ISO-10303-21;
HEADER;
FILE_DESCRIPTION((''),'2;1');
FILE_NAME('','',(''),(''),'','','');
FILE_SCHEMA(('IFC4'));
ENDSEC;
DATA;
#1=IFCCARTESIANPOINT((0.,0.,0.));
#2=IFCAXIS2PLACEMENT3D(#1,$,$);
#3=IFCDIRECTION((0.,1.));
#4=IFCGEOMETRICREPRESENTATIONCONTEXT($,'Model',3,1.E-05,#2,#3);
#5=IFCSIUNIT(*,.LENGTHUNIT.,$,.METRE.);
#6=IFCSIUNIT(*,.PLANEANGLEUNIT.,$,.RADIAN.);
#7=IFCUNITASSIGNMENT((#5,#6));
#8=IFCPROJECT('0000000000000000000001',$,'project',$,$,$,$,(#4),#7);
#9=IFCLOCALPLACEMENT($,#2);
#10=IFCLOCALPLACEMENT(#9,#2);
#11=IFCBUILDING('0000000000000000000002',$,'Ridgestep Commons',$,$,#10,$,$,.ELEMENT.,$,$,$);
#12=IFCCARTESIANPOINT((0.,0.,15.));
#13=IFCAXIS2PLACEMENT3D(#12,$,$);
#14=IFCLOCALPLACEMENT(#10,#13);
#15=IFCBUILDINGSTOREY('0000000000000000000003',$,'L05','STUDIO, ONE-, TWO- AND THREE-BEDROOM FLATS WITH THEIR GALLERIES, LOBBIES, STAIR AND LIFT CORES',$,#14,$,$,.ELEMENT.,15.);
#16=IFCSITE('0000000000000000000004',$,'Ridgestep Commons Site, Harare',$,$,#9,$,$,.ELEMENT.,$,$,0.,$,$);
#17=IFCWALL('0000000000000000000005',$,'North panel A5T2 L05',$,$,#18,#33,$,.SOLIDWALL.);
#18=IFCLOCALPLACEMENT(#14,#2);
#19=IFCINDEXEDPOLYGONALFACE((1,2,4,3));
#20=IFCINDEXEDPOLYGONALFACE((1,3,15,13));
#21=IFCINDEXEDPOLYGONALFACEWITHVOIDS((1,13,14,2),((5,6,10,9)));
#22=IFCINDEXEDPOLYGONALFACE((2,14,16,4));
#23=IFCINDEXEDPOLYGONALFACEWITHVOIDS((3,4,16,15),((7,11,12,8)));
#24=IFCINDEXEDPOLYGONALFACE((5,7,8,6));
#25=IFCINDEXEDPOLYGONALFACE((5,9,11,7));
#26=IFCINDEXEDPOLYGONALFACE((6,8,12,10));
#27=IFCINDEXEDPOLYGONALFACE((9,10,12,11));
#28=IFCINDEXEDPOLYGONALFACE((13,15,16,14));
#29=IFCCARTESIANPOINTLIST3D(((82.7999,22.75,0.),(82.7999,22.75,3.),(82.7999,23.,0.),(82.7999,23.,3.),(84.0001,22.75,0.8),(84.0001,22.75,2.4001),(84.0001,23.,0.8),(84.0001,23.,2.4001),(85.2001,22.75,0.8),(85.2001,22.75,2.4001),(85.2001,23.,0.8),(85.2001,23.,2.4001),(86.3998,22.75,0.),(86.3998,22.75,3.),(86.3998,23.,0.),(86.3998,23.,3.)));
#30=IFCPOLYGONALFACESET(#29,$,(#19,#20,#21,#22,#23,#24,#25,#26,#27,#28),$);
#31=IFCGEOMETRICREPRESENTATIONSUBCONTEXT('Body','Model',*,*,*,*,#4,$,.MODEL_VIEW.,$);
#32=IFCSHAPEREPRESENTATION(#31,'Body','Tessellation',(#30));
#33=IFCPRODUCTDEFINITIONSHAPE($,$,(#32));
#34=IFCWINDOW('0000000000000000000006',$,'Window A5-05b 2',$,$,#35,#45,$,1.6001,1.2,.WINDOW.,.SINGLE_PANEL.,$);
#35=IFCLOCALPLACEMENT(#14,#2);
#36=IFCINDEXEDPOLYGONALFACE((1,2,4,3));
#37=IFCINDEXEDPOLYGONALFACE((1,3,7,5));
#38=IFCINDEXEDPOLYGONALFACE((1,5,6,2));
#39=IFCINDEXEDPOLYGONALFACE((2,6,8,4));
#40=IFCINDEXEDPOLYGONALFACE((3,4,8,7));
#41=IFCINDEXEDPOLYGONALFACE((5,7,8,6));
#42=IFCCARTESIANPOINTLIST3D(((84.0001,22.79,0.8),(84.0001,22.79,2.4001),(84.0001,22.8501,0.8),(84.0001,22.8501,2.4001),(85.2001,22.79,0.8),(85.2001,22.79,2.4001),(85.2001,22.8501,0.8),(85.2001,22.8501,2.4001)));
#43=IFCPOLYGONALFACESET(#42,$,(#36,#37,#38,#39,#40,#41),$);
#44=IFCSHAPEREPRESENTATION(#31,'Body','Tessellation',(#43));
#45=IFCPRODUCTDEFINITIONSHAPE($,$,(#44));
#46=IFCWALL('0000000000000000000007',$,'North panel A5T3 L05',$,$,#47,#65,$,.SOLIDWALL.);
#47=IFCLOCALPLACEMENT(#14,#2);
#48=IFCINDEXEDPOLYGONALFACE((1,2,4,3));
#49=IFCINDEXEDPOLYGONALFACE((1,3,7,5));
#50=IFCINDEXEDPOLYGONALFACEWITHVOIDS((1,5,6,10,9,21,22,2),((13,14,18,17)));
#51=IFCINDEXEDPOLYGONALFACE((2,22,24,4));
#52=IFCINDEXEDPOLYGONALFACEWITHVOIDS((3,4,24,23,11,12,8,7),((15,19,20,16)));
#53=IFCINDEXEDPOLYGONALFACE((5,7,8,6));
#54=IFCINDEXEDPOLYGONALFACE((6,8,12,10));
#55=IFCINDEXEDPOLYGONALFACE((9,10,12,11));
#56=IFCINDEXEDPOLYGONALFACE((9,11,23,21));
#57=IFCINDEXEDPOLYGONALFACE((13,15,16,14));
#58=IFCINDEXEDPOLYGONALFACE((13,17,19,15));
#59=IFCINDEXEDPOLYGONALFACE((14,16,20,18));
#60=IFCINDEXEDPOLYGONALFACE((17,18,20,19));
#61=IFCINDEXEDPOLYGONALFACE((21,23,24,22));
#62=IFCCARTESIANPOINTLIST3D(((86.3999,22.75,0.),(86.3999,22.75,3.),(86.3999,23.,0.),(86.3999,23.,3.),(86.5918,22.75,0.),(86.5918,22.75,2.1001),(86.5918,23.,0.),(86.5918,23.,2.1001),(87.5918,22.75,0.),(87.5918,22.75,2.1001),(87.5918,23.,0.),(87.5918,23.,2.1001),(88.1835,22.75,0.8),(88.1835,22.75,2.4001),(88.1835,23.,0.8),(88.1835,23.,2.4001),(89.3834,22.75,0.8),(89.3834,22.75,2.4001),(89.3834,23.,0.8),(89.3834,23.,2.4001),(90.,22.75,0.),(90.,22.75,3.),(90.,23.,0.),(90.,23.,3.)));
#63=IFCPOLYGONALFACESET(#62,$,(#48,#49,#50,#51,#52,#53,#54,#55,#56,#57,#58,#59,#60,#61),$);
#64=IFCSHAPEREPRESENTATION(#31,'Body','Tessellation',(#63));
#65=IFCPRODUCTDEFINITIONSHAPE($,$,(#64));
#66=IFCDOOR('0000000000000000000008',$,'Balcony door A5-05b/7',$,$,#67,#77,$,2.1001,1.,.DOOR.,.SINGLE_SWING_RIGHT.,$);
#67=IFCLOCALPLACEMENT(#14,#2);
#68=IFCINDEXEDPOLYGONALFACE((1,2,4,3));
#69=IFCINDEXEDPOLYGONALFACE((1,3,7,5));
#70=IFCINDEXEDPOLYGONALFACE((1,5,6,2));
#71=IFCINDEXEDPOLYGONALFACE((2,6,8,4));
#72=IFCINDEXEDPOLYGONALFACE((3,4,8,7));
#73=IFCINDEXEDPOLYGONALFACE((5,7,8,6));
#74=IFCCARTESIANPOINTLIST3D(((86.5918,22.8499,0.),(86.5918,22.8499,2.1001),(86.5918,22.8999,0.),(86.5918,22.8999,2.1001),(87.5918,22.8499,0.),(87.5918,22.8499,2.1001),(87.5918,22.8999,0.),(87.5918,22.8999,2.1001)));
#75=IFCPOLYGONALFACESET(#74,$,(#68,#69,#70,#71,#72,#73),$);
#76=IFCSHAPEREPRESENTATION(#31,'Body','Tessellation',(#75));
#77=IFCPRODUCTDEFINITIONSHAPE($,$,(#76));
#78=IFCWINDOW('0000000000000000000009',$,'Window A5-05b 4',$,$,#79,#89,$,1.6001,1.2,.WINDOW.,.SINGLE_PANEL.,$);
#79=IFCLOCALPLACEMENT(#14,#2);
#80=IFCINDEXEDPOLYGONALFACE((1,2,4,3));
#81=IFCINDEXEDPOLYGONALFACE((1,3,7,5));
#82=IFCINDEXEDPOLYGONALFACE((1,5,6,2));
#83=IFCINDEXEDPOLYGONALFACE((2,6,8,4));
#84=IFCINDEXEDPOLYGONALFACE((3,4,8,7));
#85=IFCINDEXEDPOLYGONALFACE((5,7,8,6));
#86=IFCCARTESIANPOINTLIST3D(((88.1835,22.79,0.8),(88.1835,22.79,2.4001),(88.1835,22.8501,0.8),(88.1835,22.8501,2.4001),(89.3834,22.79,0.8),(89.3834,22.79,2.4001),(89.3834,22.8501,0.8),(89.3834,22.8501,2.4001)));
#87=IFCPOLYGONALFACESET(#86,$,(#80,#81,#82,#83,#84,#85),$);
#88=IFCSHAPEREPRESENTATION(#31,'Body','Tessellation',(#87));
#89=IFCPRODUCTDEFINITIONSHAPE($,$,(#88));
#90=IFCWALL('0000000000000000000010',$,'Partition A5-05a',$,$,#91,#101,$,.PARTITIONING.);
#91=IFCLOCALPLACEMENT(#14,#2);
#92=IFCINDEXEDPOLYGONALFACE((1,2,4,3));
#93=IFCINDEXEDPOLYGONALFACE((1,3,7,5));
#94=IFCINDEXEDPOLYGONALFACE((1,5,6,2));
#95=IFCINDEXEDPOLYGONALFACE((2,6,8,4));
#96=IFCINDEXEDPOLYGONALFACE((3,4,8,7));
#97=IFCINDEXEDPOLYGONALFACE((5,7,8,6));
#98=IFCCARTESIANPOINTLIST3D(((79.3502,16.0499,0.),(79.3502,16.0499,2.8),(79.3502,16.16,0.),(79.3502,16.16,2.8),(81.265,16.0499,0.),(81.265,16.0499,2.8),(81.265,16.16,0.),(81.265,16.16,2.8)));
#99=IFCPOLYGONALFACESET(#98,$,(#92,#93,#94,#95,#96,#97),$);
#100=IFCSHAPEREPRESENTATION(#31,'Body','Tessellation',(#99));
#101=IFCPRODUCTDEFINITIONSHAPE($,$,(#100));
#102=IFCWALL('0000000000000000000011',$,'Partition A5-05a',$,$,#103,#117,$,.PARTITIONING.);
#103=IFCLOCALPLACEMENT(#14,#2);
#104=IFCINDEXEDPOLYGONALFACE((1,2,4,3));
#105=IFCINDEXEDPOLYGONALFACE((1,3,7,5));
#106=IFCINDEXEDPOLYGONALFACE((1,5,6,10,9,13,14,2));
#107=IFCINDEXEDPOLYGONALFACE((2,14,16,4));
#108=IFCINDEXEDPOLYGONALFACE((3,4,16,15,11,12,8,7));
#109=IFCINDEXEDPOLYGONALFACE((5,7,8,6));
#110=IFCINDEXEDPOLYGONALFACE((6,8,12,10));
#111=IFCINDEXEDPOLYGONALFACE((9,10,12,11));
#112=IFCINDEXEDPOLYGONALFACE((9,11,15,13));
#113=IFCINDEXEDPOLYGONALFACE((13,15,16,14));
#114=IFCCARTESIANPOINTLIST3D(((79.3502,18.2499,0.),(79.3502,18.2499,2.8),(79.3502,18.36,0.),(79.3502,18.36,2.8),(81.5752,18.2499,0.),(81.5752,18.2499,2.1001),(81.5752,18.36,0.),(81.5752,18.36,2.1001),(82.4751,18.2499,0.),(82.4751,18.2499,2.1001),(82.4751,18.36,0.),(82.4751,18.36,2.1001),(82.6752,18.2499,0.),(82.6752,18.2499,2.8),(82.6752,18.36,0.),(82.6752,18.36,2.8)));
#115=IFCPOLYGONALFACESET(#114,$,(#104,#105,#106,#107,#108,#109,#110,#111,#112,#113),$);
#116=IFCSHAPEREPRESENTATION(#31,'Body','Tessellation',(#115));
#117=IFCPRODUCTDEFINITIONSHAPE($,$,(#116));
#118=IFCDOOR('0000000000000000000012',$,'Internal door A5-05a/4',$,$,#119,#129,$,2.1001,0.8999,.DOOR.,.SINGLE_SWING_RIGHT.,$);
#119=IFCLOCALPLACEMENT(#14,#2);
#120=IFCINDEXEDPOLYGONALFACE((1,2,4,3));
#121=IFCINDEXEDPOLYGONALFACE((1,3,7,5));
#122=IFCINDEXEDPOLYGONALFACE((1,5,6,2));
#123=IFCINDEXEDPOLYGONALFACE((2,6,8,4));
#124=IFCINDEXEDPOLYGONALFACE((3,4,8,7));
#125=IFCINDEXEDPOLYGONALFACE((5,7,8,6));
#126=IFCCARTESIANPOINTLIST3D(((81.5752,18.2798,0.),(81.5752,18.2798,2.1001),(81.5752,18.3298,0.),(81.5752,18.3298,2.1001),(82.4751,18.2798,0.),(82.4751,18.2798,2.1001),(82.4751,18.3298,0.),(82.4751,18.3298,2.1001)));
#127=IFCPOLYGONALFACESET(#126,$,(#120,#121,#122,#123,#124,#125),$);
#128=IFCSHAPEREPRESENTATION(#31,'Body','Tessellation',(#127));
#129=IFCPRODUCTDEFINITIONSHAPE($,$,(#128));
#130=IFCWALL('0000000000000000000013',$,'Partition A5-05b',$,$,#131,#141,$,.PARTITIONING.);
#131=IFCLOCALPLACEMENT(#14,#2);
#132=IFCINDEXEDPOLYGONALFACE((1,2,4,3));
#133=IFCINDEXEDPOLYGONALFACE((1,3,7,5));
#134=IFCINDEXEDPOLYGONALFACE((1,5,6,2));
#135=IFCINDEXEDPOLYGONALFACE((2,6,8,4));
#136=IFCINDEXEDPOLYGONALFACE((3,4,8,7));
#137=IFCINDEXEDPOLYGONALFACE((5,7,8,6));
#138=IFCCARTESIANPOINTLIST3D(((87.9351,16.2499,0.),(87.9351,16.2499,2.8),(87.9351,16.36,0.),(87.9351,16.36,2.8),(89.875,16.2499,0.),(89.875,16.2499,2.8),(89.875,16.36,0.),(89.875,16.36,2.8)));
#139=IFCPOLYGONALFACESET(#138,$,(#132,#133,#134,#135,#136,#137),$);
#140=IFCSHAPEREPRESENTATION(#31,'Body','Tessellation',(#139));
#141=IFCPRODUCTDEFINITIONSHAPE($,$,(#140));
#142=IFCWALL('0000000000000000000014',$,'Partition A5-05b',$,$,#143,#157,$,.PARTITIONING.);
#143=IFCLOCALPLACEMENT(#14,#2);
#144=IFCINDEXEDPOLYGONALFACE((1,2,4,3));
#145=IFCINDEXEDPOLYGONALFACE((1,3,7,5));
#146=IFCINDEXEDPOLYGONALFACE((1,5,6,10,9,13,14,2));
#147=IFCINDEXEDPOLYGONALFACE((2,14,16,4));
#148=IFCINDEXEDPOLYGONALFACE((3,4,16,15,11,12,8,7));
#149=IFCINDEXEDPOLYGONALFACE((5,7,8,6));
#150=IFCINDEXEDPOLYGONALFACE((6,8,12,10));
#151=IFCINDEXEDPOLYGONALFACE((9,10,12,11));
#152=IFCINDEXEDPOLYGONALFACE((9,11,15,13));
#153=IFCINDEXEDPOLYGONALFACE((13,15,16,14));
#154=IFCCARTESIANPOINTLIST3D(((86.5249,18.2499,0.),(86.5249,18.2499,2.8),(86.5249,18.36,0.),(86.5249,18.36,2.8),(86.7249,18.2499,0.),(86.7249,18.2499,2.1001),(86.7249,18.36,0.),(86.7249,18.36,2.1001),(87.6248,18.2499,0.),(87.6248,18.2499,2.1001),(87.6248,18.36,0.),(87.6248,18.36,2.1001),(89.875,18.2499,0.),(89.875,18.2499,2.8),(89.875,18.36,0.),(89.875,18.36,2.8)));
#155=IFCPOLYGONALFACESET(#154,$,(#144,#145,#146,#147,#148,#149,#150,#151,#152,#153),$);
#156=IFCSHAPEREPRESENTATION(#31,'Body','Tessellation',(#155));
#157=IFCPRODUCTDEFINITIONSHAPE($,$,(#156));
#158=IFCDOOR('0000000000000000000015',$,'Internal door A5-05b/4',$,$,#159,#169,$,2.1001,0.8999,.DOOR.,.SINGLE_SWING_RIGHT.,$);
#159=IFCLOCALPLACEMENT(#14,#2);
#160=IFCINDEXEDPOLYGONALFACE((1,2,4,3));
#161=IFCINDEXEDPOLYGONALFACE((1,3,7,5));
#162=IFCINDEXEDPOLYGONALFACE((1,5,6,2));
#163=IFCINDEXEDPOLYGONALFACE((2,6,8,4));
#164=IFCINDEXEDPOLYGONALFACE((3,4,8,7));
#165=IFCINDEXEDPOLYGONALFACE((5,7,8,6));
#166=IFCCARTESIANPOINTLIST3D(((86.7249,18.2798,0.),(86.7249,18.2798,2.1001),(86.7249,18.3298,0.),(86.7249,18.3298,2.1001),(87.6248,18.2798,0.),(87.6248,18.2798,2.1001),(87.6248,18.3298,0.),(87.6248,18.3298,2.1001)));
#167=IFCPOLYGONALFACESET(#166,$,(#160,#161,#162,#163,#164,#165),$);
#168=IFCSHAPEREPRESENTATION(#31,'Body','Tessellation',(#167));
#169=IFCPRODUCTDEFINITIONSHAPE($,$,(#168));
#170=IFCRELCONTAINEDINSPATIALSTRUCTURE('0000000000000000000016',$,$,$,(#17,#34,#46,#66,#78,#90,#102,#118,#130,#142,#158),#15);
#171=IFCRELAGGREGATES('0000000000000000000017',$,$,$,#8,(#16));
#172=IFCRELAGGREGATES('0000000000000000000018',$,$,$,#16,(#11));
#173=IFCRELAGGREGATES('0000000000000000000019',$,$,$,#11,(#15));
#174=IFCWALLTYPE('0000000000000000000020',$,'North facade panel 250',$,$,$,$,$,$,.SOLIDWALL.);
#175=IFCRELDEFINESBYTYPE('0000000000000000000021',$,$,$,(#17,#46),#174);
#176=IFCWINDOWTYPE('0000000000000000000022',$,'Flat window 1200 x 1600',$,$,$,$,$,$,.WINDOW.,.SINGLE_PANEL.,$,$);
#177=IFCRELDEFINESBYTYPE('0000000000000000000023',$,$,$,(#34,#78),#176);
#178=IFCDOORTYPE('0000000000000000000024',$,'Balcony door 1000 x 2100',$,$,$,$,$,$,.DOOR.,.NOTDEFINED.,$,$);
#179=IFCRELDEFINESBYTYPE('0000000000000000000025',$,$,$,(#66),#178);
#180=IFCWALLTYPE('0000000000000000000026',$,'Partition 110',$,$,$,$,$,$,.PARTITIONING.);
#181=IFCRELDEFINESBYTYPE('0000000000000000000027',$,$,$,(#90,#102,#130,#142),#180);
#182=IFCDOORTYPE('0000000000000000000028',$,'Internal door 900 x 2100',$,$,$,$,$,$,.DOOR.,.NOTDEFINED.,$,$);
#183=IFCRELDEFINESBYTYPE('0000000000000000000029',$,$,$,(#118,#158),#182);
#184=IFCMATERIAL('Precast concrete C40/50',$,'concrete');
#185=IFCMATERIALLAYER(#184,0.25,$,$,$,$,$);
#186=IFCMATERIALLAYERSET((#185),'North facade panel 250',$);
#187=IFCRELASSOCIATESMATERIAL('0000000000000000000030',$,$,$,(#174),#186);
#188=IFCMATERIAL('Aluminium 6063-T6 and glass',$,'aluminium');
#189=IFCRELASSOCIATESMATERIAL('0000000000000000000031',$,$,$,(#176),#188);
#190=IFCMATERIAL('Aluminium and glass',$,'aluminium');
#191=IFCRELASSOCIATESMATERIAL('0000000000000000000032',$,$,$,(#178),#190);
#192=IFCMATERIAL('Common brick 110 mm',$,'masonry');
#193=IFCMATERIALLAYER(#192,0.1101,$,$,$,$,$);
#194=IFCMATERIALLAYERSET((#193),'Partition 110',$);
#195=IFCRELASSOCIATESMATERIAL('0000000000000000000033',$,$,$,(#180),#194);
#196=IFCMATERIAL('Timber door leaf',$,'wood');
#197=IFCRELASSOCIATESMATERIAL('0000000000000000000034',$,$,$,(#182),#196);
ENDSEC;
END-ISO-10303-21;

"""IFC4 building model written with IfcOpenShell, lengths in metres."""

from ifc_helpers import new_model, si_unit, direction, frame, frame_2d, origin, place, context, subcontext, project, spatial, rectangle, extrude, material, layer, layer_set, type_object, element, fill, save


model = new_model("IFC4")

# Units and contexts
model_context = context("Model", 3, precision=1e-05, world=origin(), true_north=direction((0.0, 1.0)))
body_context = subcontext(model_context, "Body", "Model", "MODEL_VIEW")
ifc_project = project(units=[si_unit("LENGTHUNIT", "METRE"), si_unit("PLANEANGLEUNIT", "RADIAN")], contexts=[model_context])

# Site, building, storey
site_placement = place(None, origin())
site = spatial("IfcSite", under=ifc_project, at=site_placement, Name="Ridgestep Commons Site, Harare", CompositionType="ELEMENT", RefElevation=0.0)
building_placement = place(site_placement, origin())
building = spatial("IfcBuilding", under=site, at=building_placement, Name="Ridgestep Commons", CompositionType="ELEMENT")
storey_placement = place(building_placement, frame((0.0, 0.0, 15.0)))
storey = spatial("IfcBuildingStorey", under=building, at=storey_placement, Name="L05", Description="STUDIO, ONE-, TWO- AND THREE-BEDROOM FLATS WITH THEIR GALLERIES, LOBBIES, STAIR AND LIFT CORES", CompositionType="ELEMENT", Elevation=15.0)

# Wall, opening, window
ifc_material_1 = material(Name="Precast concrete C40/50", Category="concrete")
ifc_layer_1 = layer(ifc_material_1, 0.25)
ifc_layer_set_1 = layer_set([ifc_layer_1], Name="North facade panel 250")
wall_type_1 = type_object("IfcWallType", Name="North facade panel 250", PredefinedType="SOLIDWALL", material=ifc_layer_set_1)
wall_1_placement = place(storey_placement, frame((82.8, 22.875, 0.0), z_axis=(0.0, 0.0, 1.0), x_axis=(1.0, 0.0, 0.0)))
wall_1 = element("IfcWall", 1, at=wall_1_placement, inside=storey, type_object=wall_type_1, Name="North panel A5T2 L05", PredefinedType="SOLIDWALL", context=body_context, shape_type="SweptSolid", body=[
    extrude(rectangle(XDim=3.5999, YDim=0.25, at=frame_2d((1.7998, 0.0))), origin(), (0.0, 0.0, 1.0), 3.0),
])
opening_1_placement = place(wall_1_placement, frame((1.2, 0.0, 0.8)))
opening_1 = element("IfcOpeningElement", 2, at=opening_1_placement, cuts=wall_1, PredefinedType="OPENING", context=body_context, shape_type="SweptSolid", body=[
    extrude(rectangle(XDim=1.2, YDim=1.6001, at=frame_2d((0.6001, 0.8))), frame((0.0, 0.135, 0.0), z_axis=(0.0, -1.0, 0.0), x_axis=(1.0, 0.0, 0.0)), (0.0, 0.0, 1.0), 0.27),
])
ifc_material_2 = material(Name="Aluminium 6063-T6 and glass", Category="aluminium")
window_type = type_object("IfcWindowType", Name="Flat window 1200 x 1600", PartitioningType="SINGLE_PANEL", PredefinedType="WINDOW", material=ifc_material_2)
window_1_placement = place(opening_1_placement, origin())
window_1 = element("IfcWindow", 3, at=window_1_placement, inside=storey, type_object=window_type, Name="Window A5-05b 2", OverallHeight=1.6001, OverallWidth=1.2, PartitioningType="SINGLE_PANEL", PredefinedType="WINDOW", context=body_context, shape_type="SweptSolid", body=[
    extrude(rectangle(XDim=1.2, YDim=1.6001, at=frame_2d((0.6001, 0.8))), frame((0.0, -0.0249, 0.0), z_axis=(0.0, -1.0, 0.0), x_axis=(1.0, 0.0, 0.0)), (0.0, 0.0, 1.0), 0.0601),
])
fill(opening_1, window_1)

# Wall, openings, door, window
wall_2_placement = place(storey_placement, frame((86.3999, 22.875, 0.0), z_axis=(0.0, 0.0, 1.0), x_axis=(1.0, 0.0, 0.0)))
wall_2 = element("IfcWall", 4, at=wall_2_placement, inside=storey, type_object=wall_type_1, Name="North panel A5T3 L05", PredefinedType="SOLIDWALL", context=body_context, shape_type="SweptSolid", body=[
    extrude(rectangle(XDim=3.6001, YDim=0.25, at=frame_2d((1.8, 0.0))), origin(), (0.0, 0.0, 1.0), 3.0),
])
opening_2_placement = place(wall_2_placement, frame((1.7834, 0.0, 0.8)))
opening_2 = element("IfcOpeningElement", 5, at=opening_2_placement, cuts=wall_2, PredefinedType="OPENING", context=body_context, shape_type="SweptSolid", body=[
    extrude(rectangle(XDim=1.2, YDim=1.6001, at=frame_2d((0.6001, 0.8))), frame((0.0, 0.135, 0.0), z_axis=(0.0, -1.0, 0.0), x_axis=(1.0, 0.0, 0.0)), (0.0, 0.0, 1.0), 0.27),
])
opening_3_placement = place(wall_2_placement, frame((0.1919, 0.0, 0.0)))
opening_3 = element("IfcOpeningElement", 6, at=opening_3_placement, cuts=wall_2, PredefinedType="OPENING", context=body_context, shape_type="SweptSolid", body=[
    extrude(rectangle(XDim=1.0, YDim=2.1001, at=frame_2d((0.5, 1.05))), frame((0.0, 0.135, 0.0), z_axis=(0.0, -1.0, 0.0), x_axis=(1.0, 0.0, 0.0)), (0.0, 0.0, 1.0), 0.27),
])
ifc_material_3 = material(Name="Aluminium and glass", Category="aluminium")
door_type_1 = type_object("IfcDoorType", Name="Balcony door 1000 x 2100", OperationType="NOTDEFINED", PredefinedType="DOOR", material=ifc_material_3)
door_1_placement = place(opening_3_placement, origin())
door_1 = element("IfcDoor", 7, at=door_1_placement, inside=storey, type_object=door_type_1, Name="Balcony door A5-05b/7", OperationType="SINGLE_SWING_RIGHT", OverallHeight=2.1001, OverallWidth=1.0, PredefinedType="DOOR", context=body_context, shape_type="SweptSolid", body=[
    extrude(rectangle(XDim=1.0, YDim=2.1001, at=frame_2d((0.5, 1.05))), frame((0.0, 0.0249, 0.0), z_axis=(0.0, -1.0, 0.0), x_axis=(1.0, 0.0, 0.0)), (0.0, 0.0, 1.0), 0.05),
])
fill(opening_3, door_1)
window_2_placement = place(opening_2_placement, origin())
window_2 = element("IfcWindow", 8, at=window_2_placement, inside=storey, type_object=window_type, Name="Window A5-05b 4", OverallHeight=1.6001, OverallWidth=1.2, PartitioningType="SINGLE_PANEL", PredefinedType="WINDOW", context=body_context, shape_type="SweptSolid", body=[
    extrude(rectangle(XDim=1.2, YDim=1.6001, at=frame_2d((0.6001, 0.8))), frame((0.0, -0.0249, 0.0), z_axis=(0.0, -1.0, 0.0), x_axis=(1.0, 0.0, 0.0)), (0.0, 0.0, 1.0), 0.0601),
])
fill(opening_2, window_2)

# Wall
ifc_material_4 = material(Name="Common brick 110 mm", Category="masonry")
ifc_layer_2 = layer(ifc_material_4, 0.1101)
ifc_layer_set_2 = layer_set([ifc_layer_2], Name="Partition 110")
wall_type_2 = type_object("IfcWallType", Name="Partition 110", PredefinedType="PARTITIONING", material=ifc_layer_set_2)
wall_3_placement = place(storey_placement, frame((79.3501, 16.105, 0.0), z_axis=(0.0, 0.0, 1.0), x_axis=(1.0, 0.0, 0.0)))
element("IfcWall", 9, at=wall_3_placement, inside=storey, type_object=wall_type_2, Name="Partition A5-05a", PredefinedType="PARTITIONING", context=body_context, shape_type="SweptSolid", body=[
    extrude(rectangle(XDim=1.9148, YDim=0.1101, at=frame_2d((0.9575, 0.0))), origin(), (0.0, 0.0, 1.0), 2.8),
])

# Wall, opening, door
wall_4_placement = place(storey_placement, frame((79.3501, 18.3049, 0.0), z_axis=(0.0, 0.0, 1.0), x_axis=(1.0, 0.0, 0.0)))
wall_4 = element("IfcWall", 10, at=wall_4_placement, inside=storey, type_object=wall_type_2, Name="Partition A5-05a", PredefinedType="PARTITIONING", context=body_context, shape_type="SweptSolid", body=[
    extrude(rectangle(XDim=3.325, YDim=0.1101, at=frame_2d((1.6626, 0.0))), origin(), (0.0, 0.0, 1.0), 2.8),
])
opening_4_placement = place(wall_4_placement, frame((2.2251, 0.0, 0.0)))
opening_4 = element("IfcOpeningElement", 11, at=opening_4_placement, cuts=wall_4, PredefinedType="OPENING", context=body_context, shape_type="SweptSolid", body=[
    extrude(rectangle(XDim=0.8999, YDim=2.1001, at=frame_2d((0.45, 1.05))), frame((0.0, 0.0649, 0.0), z_axis=(0.0, -1.0, 0.0), x_axis=(1.0, 0.0, 0.0)), (0.0, 0.0, 1.0), 0.1301),
])
ifc_material_5 = material(Name="Timber door leaf", Category="wood")
door_type_2 = type_object("IfcDoorType", Name="Internal door 900 x 2100", OperationType="NOTDEFINED", PredefinedType="DOOR", material=ifc_material_5)
door_2_placement = place(opening_4_placement, origin())
door_2 = element("IfcDoor", 12, at=door_2_placement, inside=storey, type_object=door_type_2, Name="Internal door A5-05a/4", OperationType="SINGLE_SWING_RIGHT", OverallHeight=2.1001, OverallWidth=0.8999, PredefinedType="DOOR", context=body_context, shape_type="SweptSolid", body=[
    extrude(rectangle(XDim=0.8999, YDim=2.1001, at=frame_2d((0.45, 1.05))), frame((0.0, 0.0249, 0.0), z_axis=(0.0, -1.0, 0.0), x_axis=(1.0, 0.0, 0.0)), (0.0, 0.0, 1.0), 0.05),
])
fill(opening_4, door_2)

# Wall
wall_5_placement = place(storey_placement, frame((87.9351, 16.3049, 0.0), z_axis=(0.0, 0.0, 1.0), x_axis=(1.0, 0.0, 0.0)))
element("IfcWall", 13, at=wall_5_placement, inside=storey, type_object=wall_type_2, Name="Partition A5-05b", PredefinedType="PARTITIONING", context=body_context, shape_type="SweptSolid", body=[
    extrude(rectangle(XDim=1.9399, YDim=0.1101, at=frame_2d((0.97, 0.0))), origin(), (0.0, 0.0, 1.0), 2.8),
])

# Wall, opening, door
wall_6_placement = place(storey_placement, frame((86.5249, 18.3049, 0.0), z_axis=(0.0, 0.0, 1.0), x_axis=(1.0, 0.0, 0.0)))
wall_6 = element("IfcWall", 14, at=wall_6_placement, inside=storey, type_object=wall_type_2, Name="Partition A5-05b", PredefinedType="PARTITIONING", context=body_context, shape_type="SweptSolid", body=[
    extrude(rectangle(XDim=3.3501, YDim=0.1101, at=frame_2d((1.675, 0.0))), origin(), (0.0, 0.0, 1.0), 2.8),
])
opening_5_placement = place(wall_6_placement, frame((0.2, 0.0, 0.0)))
opening_5 = element("IfcOpeningElement", 15, at=opening_5_placement, cuts=wall_6, PredefinedType="OPENING", context=body_context, shape_type="SweptSolid", body=[
    extrude(rectangle(XDim=0.8999, YDim=2.1001, at=frame_2d((0.45, 1.05))), frame((0.0, 0.0649, 0.0), z_axis=(0.0, -1.0, 0.0), x_axis=(1.0, 0.0, 0.0)), (0.0, 0.0, 1.0), 0.1301),
])
door_3_placement = place(opening_5_placement, origin())
door_3 = element("IfcDoor", 16, at=door_3_placement, inside=storey, type_object=door_type_2, Name="Internal door A5-05b/4", OperationType="SINGLE_SWING_RIGHT", OverallHeight=2.1001, OverallWidth=0.8999, PredefinedType="DOOR", context=body_context, shape_type="SweptSolid", body=[
    extrude(rectangle(XDim=0.8999, YDim=2.1001, at=frame_2d((0.45, 1.05))), frame((0.0, 0.0249, 0.0), z_axis=(0.0, -1.0, 0.0), x_axis=(1.0, 0.0, 0.0)), (0.0, 0.0, 1.0), 0.05),
])
fill(opening_5, door_3)

save(model, "model.ifc")
